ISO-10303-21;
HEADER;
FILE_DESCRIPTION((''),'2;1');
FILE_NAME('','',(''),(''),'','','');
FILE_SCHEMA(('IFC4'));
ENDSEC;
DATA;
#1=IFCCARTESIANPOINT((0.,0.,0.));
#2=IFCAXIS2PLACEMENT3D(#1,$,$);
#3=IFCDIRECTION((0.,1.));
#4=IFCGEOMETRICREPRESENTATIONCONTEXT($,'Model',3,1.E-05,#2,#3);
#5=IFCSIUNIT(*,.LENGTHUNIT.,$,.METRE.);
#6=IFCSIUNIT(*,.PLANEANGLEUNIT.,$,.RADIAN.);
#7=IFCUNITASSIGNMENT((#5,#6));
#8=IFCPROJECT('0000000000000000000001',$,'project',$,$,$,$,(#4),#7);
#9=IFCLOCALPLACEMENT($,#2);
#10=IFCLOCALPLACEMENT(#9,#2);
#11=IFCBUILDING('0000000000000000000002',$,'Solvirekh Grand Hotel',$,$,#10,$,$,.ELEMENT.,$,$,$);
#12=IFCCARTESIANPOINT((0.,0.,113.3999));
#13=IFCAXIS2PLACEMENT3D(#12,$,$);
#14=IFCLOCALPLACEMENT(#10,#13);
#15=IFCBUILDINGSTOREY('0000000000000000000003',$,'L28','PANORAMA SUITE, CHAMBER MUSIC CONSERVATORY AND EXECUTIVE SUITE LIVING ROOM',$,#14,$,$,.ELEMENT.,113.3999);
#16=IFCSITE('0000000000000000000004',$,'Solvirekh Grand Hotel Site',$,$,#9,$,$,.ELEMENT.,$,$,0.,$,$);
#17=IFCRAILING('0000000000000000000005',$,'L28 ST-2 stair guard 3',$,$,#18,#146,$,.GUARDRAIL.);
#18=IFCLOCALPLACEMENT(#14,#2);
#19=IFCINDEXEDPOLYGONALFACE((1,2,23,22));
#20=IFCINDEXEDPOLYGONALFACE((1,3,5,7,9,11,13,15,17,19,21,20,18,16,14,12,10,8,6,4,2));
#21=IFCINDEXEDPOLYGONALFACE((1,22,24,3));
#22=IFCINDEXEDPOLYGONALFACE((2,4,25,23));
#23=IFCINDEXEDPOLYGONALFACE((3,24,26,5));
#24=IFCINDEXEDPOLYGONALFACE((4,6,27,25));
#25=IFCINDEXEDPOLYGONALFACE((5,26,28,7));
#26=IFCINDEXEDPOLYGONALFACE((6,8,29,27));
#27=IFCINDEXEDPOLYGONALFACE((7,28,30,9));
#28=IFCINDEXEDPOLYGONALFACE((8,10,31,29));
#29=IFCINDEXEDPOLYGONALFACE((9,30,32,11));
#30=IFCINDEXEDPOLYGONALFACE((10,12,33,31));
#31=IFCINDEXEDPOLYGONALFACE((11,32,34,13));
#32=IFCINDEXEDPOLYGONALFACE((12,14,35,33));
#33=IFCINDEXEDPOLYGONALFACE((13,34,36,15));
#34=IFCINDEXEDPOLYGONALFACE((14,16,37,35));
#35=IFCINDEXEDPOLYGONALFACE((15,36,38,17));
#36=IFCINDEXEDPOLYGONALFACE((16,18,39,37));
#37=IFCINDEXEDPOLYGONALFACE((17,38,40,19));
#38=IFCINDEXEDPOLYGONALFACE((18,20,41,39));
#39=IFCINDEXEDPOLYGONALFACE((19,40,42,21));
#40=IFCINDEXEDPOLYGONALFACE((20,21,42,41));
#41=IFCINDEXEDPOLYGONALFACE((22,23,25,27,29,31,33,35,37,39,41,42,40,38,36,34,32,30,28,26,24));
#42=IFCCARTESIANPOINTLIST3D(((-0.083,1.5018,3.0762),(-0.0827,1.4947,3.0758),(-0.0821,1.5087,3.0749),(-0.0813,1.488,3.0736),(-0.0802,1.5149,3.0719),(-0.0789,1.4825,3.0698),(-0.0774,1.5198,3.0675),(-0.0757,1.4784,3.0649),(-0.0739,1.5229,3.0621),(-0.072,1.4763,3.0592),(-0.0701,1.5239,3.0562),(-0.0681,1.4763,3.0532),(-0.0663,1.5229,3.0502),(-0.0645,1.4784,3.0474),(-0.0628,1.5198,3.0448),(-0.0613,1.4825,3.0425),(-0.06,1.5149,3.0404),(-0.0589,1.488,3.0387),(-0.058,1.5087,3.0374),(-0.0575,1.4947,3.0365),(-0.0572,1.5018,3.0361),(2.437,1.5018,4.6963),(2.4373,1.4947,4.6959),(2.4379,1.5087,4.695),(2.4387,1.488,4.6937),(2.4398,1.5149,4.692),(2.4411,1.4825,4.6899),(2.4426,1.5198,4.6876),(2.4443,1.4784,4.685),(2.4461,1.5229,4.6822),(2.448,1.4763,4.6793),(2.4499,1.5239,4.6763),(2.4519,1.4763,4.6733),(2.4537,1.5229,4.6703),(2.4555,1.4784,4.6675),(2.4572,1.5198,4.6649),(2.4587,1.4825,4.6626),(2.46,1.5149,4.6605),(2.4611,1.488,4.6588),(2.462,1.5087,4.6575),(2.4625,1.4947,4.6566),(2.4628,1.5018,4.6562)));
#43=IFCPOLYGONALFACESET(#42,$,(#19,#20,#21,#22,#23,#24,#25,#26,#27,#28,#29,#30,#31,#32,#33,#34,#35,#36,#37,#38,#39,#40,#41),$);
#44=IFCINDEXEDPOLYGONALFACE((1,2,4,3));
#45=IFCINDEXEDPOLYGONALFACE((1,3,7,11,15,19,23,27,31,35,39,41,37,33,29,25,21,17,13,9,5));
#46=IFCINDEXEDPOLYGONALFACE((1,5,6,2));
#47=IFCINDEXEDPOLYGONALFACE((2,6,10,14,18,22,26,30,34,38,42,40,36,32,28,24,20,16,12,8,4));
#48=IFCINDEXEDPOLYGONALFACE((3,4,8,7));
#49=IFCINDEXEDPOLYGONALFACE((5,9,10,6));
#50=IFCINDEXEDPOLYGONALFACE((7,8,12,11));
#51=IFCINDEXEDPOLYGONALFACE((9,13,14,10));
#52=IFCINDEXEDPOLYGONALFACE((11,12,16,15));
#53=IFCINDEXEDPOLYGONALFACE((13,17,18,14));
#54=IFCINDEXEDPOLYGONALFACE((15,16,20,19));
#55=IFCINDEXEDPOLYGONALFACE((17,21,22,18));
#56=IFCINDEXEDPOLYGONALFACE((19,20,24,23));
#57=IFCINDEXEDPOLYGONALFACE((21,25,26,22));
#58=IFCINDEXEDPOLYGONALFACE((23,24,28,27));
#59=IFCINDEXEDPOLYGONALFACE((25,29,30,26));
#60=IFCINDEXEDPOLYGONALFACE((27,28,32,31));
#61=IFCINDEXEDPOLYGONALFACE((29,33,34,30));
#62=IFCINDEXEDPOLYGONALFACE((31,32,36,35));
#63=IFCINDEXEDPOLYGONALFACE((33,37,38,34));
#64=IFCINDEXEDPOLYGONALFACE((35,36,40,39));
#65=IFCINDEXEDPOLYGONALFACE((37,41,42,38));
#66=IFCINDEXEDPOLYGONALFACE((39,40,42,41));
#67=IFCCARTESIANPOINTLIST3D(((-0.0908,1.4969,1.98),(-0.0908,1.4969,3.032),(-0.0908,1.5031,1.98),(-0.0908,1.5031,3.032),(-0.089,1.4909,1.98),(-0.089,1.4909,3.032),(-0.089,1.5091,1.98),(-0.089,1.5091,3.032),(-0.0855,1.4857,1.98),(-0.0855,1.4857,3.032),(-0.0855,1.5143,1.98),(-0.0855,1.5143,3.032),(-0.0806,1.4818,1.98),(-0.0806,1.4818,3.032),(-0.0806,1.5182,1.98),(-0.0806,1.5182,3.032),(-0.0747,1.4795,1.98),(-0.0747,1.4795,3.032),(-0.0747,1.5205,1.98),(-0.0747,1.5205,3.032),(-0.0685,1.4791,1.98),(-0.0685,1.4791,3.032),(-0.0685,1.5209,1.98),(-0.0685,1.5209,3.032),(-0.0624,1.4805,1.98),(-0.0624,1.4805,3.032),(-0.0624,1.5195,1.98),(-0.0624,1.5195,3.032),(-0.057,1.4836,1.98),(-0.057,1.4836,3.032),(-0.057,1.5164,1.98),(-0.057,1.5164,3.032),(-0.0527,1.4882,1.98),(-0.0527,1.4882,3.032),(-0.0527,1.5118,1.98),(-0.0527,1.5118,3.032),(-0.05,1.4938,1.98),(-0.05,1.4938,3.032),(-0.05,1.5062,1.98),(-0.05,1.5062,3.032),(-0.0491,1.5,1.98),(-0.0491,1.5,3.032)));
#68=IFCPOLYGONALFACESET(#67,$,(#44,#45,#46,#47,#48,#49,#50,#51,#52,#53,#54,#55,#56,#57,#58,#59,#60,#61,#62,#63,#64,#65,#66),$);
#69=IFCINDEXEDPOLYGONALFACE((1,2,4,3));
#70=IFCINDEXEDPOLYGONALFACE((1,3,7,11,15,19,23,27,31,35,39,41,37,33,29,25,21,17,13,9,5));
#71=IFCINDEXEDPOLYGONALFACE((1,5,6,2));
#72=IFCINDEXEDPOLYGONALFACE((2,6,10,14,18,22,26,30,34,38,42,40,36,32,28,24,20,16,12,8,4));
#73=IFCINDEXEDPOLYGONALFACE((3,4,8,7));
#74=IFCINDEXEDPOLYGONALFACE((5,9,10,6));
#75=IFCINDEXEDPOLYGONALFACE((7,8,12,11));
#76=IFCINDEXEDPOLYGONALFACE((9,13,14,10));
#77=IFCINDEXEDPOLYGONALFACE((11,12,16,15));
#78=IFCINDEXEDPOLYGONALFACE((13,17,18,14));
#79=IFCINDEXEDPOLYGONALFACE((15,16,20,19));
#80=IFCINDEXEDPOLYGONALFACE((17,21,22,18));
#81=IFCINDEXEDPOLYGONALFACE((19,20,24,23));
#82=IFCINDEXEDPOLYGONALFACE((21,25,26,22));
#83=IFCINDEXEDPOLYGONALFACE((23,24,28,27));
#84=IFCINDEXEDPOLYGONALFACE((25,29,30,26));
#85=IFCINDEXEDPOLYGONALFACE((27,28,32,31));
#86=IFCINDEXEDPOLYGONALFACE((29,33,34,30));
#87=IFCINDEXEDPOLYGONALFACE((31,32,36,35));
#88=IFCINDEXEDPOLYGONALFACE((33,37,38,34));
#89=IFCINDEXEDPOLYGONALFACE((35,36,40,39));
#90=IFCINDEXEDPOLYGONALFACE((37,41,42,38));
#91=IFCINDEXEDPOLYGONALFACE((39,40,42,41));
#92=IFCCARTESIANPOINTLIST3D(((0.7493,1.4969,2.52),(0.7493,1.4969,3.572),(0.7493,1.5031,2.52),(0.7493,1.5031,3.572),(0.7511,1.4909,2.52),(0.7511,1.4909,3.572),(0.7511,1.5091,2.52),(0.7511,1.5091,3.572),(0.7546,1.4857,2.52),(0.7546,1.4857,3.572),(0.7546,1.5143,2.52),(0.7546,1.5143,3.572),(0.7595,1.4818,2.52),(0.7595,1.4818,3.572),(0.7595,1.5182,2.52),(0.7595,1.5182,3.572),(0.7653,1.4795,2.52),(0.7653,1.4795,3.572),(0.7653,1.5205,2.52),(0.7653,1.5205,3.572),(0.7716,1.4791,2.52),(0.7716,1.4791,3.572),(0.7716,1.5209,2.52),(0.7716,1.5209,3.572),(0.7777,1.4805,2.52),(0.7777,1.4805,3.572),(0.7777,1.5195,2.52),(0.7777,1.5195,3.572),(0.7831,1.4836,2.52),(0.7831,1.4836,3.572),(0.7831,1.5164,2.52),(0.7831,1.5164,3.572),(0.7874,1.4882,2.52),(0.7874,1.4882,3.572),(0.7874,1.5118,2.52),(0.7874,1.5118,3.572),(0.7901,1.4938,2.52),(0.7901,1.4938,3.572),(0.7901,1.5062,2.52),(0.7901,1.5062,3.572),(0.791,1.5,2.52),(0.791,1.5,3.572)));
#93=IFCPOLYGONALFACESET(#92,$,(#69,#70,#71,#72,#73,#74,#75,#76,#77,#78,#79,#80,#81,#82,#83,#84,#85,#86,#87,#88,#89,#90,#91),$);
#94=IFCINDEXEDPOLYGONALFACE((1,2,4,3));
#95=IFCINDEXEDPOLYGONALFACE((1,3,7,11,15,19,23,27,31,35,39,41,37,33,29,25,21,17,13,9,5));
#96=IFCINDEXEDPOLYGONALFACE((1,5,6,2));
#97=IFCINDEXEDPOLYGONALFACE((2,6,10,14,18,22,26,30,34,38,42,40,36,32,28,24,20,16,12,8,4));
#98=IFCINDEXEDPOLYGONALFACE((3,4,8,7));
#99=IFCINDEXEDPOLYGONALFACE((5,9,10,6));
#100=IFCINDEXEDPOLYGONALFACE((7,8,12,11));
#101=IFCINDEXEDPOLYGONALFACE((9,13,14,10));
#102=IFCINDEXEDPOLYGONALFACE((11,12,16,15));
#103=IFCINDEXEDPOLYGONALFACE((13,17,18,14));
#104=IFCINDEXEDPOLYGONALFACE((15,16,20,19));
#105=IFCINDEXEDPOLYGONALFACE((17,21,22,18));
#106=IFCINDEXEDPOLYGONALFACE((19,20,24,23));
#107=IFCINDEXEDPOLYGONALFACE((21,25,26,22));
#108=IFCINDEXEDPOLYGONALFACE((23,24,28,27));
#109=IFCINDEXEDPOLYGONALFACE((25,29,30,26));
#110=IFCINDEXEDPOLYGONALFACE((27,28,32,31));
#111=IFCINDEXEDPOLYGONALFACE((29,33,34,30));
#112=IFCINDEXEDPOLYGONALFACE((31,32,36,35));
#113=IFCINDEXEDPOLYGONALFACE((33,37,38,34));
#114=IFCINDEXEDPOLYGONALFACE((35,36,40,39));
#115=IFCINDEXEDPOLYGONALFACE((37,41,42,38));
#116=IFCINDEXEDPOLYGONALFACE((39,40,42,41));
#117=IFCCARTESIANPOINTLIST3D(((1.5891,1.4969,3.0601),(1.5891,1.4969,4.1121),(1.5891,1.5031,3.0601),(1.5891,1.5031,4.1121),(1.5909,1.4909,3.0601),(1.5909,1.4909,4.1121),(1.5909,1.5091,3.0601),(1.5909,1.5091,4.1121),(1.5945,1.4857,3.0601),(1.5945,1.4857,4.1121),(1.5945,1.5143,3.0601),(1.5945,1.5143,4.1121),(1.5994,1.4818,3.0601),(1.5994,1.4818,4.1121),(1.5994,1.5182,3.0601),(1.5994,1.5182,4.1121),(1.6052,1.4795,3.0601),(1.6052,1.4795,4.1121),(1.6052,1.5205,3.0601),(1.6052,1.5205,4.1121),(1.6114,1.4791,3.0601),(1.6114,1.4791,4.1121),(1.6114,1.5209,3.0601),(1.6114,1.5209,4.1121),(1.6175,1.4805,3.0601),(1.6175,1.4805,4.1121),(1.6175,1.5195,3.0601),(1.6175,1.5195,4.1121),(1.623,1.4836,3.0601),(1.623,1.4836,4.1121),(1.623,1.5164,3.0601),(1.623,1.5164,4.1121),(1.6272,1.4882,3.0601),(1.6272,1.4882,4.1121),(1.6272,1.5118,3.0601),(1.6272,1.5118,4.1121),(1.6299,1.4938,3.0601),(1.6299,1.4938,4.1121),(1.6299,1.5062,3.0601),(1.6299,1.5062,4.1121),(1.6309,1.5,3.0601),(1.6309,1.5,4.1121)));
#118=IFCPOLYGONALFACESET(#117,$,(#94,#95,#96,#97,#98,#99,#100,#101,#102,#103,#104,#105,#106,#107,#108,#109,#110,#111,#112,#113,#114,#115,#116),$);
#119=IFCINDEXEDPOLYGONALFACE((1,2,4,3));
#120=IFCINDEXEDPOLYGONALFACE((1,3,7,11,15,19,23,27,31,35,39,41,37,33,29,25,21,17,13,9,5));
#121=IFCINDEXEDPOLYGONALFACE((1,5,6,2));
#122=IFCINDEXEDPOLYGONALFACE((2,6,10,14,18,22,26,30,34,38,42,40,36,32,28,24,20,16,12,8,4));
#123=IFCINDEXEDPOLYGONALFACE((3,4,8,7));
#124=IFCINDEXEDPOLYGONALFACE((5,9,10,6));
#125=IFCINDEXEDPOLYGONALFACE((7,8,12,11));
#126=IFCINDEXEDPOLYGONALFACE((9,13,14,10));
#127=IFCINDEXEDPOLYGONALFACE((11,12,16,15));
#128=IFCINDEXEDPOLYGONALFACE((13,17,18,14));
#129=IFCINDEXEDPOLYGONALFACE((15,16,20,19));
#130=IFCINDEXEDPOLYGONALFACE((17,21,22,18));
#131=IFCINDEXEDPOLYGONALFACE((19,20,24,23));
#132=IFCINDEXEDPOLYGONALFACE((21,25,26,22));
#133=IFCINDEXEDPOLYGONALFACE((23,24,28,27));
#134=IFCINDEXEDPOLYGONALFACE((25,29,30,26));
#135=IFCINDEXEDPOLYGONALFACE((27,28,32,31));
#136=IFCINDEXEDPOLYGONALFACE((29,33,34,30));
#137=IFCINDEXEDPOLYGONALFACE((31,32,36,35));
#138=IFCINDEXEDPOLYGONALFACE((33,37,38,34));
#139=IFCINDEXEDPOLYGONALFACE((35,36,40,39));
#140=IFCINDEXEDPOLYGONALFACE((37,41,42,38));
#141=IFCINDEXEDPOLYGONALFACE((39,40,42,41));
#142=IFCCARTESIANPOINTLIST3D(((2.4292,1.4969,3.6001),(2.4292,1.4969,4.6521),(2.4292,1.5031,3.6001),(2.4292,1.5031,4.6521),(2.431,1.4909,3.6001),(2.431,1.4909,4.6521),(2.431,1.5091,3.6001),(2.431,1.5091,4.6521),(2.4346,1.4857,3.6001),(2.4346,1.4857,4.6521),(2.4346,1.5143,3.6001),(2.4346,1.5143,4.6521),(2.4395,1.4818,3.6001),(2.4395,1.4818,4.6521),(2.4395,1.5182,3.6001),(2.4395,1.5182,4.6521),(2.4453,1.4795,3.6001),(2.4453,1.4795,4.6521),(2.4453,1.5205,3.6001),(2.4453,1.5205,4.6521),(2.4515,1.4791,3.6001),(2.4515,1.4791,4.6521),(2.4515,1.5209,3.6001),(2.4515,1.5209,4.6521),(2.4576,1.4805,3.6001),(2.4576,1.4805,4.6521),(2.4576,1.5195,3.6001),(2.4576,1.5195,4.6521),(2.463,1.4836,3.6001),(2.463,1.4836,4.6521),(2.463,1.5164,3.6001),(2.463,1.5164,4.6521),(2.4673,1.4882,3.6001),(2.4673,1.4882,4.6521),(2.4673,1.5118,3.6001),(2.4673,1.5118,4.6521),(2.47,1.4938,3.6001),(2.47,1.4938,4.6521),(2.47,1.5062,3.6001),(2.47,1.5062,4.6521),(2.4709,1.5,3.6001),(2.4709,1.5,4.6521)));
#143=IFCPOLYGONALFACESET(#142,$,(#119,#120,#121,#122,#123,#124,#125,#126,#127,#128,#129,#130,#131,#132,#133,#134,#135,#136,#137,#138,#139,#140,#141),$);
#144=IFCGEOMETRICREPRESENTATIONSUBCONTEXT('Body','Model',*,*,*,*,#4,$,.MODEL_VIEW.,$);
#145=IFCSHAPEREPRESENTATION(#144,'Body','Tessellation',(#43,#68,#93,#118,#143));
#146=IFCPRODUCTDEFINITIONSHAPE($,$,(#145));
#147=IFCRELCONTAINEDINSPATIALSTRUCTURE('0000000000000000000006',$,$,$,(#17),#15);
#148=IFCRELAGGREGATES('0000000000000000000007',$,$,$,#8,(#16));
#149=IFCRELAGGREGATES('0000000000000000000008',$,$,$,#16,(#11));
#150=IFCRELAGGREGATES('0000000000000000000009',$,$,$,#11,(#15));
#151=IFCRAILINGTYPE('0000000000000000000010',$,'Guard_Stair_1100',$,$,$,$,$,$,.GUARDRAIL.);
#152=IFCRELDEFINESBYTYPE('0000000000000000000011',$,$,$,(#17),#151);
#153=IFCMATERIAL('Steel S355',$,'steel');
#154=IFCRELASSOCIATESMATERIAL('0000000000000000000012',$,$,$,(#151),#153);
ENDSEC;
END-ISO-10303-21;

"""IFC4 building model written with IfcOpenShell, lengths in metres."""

from ifc_helpers import new_model, si_unit, direction, frame, origin, origin_2d, place, context, subcontext, project, spatial, circle, extrude, material, type_object, element, save


model = new_model("IFC4")

# Units and contexts
model_context = context("Model", 3, precision=1e-05, world=origin(), true_north=direction((0.0, 1.0)))
body_context = subcontext(model_context, "Body", "Model", "MODEL_VIEW")
ifc_project = project(units=[si_unit("LENGTHUNIT", "METRE"), si_unit("PLANEANGLEUNIT", "RADIAN")], contexts=[model_context])

# Site, building, storey
site_placement = place(None, origin())
site = spatial("IfcSite", under=ifc_project, at=site_placement, Name="Solvirekh Grand Hotel Site", CompositionType="ELEMENT", RefElevation=0.0)
building_placement = place(site_placement, origin())
building = spatial("IfcBuilding", under=site, at=building_placement, Name="Solvirekh Grand Hotel", CompositionType="ELEMENT")
storey_placement = place(building_placement, frame((0.0, 0.0, 113.3999)))
storey = spatial("IfcBuildingStorey", under=building, at=storey_placement, Name="L28", Description="PANORAMA SUITE, CHAMBER MUSIC CONSERVATORY AND EXECUTIVE SUITE LIVING ROOM", CompositionType="ELEMENT", Elevation=113.3999)

# Shared definitions
ifc_material_1 = material(Name="Steel S355", Category="steel")

# Railing
railing_type = type_object("IfcRailingType", Name="Guard_Stair_1100", PredefinedType="GUARDRAIL", material=ifc_material_1)
railing_1_placement = place(storey_placement, frame((-0.0701, 1.5, 1.98)))
element("IfcRailing", 1, at=railing_1_placement, inside=storey, type_object=railing_type, Name="L28 ST-2 stair guard 3", PredefinedType="GUARDRAIL", context=body_context, shape_type="SweptSolid", body=[
    extrude(circle(Radius=0.0239, at=origin_2d()), frame((0.0, 0.0, 1.0762), z_axis=(0.841163, 0.0, 0.540782), x_axis=(0.0, 1.0, 0.0)), (0.0, 0.0, 1.0), 2.9958),
    extrude(circle(Radius=0.021, at=origin_2d()), origin(), (0.0, 0.0, 1.0), 1.052),
    extrude(circle(Radius=0.021, at=origin_2d()), frame((0.8401, 0.0, 0.54)), (0.0, 0.0, 1.0), 1.052),
    extrude(circle(Radius=0.021, at=origin_2d()), frame((1.6799, 0.0, 1.0801)), (0.0, 0.0, 1.0), 1.052),
    extrude(circle(Radius=0.021, at=origin_2d()), frame((2.52, 0.0, 1.6201)), (0.0, 0.0, 1.0), 1.052),
])

save(model, "model.ifc")
